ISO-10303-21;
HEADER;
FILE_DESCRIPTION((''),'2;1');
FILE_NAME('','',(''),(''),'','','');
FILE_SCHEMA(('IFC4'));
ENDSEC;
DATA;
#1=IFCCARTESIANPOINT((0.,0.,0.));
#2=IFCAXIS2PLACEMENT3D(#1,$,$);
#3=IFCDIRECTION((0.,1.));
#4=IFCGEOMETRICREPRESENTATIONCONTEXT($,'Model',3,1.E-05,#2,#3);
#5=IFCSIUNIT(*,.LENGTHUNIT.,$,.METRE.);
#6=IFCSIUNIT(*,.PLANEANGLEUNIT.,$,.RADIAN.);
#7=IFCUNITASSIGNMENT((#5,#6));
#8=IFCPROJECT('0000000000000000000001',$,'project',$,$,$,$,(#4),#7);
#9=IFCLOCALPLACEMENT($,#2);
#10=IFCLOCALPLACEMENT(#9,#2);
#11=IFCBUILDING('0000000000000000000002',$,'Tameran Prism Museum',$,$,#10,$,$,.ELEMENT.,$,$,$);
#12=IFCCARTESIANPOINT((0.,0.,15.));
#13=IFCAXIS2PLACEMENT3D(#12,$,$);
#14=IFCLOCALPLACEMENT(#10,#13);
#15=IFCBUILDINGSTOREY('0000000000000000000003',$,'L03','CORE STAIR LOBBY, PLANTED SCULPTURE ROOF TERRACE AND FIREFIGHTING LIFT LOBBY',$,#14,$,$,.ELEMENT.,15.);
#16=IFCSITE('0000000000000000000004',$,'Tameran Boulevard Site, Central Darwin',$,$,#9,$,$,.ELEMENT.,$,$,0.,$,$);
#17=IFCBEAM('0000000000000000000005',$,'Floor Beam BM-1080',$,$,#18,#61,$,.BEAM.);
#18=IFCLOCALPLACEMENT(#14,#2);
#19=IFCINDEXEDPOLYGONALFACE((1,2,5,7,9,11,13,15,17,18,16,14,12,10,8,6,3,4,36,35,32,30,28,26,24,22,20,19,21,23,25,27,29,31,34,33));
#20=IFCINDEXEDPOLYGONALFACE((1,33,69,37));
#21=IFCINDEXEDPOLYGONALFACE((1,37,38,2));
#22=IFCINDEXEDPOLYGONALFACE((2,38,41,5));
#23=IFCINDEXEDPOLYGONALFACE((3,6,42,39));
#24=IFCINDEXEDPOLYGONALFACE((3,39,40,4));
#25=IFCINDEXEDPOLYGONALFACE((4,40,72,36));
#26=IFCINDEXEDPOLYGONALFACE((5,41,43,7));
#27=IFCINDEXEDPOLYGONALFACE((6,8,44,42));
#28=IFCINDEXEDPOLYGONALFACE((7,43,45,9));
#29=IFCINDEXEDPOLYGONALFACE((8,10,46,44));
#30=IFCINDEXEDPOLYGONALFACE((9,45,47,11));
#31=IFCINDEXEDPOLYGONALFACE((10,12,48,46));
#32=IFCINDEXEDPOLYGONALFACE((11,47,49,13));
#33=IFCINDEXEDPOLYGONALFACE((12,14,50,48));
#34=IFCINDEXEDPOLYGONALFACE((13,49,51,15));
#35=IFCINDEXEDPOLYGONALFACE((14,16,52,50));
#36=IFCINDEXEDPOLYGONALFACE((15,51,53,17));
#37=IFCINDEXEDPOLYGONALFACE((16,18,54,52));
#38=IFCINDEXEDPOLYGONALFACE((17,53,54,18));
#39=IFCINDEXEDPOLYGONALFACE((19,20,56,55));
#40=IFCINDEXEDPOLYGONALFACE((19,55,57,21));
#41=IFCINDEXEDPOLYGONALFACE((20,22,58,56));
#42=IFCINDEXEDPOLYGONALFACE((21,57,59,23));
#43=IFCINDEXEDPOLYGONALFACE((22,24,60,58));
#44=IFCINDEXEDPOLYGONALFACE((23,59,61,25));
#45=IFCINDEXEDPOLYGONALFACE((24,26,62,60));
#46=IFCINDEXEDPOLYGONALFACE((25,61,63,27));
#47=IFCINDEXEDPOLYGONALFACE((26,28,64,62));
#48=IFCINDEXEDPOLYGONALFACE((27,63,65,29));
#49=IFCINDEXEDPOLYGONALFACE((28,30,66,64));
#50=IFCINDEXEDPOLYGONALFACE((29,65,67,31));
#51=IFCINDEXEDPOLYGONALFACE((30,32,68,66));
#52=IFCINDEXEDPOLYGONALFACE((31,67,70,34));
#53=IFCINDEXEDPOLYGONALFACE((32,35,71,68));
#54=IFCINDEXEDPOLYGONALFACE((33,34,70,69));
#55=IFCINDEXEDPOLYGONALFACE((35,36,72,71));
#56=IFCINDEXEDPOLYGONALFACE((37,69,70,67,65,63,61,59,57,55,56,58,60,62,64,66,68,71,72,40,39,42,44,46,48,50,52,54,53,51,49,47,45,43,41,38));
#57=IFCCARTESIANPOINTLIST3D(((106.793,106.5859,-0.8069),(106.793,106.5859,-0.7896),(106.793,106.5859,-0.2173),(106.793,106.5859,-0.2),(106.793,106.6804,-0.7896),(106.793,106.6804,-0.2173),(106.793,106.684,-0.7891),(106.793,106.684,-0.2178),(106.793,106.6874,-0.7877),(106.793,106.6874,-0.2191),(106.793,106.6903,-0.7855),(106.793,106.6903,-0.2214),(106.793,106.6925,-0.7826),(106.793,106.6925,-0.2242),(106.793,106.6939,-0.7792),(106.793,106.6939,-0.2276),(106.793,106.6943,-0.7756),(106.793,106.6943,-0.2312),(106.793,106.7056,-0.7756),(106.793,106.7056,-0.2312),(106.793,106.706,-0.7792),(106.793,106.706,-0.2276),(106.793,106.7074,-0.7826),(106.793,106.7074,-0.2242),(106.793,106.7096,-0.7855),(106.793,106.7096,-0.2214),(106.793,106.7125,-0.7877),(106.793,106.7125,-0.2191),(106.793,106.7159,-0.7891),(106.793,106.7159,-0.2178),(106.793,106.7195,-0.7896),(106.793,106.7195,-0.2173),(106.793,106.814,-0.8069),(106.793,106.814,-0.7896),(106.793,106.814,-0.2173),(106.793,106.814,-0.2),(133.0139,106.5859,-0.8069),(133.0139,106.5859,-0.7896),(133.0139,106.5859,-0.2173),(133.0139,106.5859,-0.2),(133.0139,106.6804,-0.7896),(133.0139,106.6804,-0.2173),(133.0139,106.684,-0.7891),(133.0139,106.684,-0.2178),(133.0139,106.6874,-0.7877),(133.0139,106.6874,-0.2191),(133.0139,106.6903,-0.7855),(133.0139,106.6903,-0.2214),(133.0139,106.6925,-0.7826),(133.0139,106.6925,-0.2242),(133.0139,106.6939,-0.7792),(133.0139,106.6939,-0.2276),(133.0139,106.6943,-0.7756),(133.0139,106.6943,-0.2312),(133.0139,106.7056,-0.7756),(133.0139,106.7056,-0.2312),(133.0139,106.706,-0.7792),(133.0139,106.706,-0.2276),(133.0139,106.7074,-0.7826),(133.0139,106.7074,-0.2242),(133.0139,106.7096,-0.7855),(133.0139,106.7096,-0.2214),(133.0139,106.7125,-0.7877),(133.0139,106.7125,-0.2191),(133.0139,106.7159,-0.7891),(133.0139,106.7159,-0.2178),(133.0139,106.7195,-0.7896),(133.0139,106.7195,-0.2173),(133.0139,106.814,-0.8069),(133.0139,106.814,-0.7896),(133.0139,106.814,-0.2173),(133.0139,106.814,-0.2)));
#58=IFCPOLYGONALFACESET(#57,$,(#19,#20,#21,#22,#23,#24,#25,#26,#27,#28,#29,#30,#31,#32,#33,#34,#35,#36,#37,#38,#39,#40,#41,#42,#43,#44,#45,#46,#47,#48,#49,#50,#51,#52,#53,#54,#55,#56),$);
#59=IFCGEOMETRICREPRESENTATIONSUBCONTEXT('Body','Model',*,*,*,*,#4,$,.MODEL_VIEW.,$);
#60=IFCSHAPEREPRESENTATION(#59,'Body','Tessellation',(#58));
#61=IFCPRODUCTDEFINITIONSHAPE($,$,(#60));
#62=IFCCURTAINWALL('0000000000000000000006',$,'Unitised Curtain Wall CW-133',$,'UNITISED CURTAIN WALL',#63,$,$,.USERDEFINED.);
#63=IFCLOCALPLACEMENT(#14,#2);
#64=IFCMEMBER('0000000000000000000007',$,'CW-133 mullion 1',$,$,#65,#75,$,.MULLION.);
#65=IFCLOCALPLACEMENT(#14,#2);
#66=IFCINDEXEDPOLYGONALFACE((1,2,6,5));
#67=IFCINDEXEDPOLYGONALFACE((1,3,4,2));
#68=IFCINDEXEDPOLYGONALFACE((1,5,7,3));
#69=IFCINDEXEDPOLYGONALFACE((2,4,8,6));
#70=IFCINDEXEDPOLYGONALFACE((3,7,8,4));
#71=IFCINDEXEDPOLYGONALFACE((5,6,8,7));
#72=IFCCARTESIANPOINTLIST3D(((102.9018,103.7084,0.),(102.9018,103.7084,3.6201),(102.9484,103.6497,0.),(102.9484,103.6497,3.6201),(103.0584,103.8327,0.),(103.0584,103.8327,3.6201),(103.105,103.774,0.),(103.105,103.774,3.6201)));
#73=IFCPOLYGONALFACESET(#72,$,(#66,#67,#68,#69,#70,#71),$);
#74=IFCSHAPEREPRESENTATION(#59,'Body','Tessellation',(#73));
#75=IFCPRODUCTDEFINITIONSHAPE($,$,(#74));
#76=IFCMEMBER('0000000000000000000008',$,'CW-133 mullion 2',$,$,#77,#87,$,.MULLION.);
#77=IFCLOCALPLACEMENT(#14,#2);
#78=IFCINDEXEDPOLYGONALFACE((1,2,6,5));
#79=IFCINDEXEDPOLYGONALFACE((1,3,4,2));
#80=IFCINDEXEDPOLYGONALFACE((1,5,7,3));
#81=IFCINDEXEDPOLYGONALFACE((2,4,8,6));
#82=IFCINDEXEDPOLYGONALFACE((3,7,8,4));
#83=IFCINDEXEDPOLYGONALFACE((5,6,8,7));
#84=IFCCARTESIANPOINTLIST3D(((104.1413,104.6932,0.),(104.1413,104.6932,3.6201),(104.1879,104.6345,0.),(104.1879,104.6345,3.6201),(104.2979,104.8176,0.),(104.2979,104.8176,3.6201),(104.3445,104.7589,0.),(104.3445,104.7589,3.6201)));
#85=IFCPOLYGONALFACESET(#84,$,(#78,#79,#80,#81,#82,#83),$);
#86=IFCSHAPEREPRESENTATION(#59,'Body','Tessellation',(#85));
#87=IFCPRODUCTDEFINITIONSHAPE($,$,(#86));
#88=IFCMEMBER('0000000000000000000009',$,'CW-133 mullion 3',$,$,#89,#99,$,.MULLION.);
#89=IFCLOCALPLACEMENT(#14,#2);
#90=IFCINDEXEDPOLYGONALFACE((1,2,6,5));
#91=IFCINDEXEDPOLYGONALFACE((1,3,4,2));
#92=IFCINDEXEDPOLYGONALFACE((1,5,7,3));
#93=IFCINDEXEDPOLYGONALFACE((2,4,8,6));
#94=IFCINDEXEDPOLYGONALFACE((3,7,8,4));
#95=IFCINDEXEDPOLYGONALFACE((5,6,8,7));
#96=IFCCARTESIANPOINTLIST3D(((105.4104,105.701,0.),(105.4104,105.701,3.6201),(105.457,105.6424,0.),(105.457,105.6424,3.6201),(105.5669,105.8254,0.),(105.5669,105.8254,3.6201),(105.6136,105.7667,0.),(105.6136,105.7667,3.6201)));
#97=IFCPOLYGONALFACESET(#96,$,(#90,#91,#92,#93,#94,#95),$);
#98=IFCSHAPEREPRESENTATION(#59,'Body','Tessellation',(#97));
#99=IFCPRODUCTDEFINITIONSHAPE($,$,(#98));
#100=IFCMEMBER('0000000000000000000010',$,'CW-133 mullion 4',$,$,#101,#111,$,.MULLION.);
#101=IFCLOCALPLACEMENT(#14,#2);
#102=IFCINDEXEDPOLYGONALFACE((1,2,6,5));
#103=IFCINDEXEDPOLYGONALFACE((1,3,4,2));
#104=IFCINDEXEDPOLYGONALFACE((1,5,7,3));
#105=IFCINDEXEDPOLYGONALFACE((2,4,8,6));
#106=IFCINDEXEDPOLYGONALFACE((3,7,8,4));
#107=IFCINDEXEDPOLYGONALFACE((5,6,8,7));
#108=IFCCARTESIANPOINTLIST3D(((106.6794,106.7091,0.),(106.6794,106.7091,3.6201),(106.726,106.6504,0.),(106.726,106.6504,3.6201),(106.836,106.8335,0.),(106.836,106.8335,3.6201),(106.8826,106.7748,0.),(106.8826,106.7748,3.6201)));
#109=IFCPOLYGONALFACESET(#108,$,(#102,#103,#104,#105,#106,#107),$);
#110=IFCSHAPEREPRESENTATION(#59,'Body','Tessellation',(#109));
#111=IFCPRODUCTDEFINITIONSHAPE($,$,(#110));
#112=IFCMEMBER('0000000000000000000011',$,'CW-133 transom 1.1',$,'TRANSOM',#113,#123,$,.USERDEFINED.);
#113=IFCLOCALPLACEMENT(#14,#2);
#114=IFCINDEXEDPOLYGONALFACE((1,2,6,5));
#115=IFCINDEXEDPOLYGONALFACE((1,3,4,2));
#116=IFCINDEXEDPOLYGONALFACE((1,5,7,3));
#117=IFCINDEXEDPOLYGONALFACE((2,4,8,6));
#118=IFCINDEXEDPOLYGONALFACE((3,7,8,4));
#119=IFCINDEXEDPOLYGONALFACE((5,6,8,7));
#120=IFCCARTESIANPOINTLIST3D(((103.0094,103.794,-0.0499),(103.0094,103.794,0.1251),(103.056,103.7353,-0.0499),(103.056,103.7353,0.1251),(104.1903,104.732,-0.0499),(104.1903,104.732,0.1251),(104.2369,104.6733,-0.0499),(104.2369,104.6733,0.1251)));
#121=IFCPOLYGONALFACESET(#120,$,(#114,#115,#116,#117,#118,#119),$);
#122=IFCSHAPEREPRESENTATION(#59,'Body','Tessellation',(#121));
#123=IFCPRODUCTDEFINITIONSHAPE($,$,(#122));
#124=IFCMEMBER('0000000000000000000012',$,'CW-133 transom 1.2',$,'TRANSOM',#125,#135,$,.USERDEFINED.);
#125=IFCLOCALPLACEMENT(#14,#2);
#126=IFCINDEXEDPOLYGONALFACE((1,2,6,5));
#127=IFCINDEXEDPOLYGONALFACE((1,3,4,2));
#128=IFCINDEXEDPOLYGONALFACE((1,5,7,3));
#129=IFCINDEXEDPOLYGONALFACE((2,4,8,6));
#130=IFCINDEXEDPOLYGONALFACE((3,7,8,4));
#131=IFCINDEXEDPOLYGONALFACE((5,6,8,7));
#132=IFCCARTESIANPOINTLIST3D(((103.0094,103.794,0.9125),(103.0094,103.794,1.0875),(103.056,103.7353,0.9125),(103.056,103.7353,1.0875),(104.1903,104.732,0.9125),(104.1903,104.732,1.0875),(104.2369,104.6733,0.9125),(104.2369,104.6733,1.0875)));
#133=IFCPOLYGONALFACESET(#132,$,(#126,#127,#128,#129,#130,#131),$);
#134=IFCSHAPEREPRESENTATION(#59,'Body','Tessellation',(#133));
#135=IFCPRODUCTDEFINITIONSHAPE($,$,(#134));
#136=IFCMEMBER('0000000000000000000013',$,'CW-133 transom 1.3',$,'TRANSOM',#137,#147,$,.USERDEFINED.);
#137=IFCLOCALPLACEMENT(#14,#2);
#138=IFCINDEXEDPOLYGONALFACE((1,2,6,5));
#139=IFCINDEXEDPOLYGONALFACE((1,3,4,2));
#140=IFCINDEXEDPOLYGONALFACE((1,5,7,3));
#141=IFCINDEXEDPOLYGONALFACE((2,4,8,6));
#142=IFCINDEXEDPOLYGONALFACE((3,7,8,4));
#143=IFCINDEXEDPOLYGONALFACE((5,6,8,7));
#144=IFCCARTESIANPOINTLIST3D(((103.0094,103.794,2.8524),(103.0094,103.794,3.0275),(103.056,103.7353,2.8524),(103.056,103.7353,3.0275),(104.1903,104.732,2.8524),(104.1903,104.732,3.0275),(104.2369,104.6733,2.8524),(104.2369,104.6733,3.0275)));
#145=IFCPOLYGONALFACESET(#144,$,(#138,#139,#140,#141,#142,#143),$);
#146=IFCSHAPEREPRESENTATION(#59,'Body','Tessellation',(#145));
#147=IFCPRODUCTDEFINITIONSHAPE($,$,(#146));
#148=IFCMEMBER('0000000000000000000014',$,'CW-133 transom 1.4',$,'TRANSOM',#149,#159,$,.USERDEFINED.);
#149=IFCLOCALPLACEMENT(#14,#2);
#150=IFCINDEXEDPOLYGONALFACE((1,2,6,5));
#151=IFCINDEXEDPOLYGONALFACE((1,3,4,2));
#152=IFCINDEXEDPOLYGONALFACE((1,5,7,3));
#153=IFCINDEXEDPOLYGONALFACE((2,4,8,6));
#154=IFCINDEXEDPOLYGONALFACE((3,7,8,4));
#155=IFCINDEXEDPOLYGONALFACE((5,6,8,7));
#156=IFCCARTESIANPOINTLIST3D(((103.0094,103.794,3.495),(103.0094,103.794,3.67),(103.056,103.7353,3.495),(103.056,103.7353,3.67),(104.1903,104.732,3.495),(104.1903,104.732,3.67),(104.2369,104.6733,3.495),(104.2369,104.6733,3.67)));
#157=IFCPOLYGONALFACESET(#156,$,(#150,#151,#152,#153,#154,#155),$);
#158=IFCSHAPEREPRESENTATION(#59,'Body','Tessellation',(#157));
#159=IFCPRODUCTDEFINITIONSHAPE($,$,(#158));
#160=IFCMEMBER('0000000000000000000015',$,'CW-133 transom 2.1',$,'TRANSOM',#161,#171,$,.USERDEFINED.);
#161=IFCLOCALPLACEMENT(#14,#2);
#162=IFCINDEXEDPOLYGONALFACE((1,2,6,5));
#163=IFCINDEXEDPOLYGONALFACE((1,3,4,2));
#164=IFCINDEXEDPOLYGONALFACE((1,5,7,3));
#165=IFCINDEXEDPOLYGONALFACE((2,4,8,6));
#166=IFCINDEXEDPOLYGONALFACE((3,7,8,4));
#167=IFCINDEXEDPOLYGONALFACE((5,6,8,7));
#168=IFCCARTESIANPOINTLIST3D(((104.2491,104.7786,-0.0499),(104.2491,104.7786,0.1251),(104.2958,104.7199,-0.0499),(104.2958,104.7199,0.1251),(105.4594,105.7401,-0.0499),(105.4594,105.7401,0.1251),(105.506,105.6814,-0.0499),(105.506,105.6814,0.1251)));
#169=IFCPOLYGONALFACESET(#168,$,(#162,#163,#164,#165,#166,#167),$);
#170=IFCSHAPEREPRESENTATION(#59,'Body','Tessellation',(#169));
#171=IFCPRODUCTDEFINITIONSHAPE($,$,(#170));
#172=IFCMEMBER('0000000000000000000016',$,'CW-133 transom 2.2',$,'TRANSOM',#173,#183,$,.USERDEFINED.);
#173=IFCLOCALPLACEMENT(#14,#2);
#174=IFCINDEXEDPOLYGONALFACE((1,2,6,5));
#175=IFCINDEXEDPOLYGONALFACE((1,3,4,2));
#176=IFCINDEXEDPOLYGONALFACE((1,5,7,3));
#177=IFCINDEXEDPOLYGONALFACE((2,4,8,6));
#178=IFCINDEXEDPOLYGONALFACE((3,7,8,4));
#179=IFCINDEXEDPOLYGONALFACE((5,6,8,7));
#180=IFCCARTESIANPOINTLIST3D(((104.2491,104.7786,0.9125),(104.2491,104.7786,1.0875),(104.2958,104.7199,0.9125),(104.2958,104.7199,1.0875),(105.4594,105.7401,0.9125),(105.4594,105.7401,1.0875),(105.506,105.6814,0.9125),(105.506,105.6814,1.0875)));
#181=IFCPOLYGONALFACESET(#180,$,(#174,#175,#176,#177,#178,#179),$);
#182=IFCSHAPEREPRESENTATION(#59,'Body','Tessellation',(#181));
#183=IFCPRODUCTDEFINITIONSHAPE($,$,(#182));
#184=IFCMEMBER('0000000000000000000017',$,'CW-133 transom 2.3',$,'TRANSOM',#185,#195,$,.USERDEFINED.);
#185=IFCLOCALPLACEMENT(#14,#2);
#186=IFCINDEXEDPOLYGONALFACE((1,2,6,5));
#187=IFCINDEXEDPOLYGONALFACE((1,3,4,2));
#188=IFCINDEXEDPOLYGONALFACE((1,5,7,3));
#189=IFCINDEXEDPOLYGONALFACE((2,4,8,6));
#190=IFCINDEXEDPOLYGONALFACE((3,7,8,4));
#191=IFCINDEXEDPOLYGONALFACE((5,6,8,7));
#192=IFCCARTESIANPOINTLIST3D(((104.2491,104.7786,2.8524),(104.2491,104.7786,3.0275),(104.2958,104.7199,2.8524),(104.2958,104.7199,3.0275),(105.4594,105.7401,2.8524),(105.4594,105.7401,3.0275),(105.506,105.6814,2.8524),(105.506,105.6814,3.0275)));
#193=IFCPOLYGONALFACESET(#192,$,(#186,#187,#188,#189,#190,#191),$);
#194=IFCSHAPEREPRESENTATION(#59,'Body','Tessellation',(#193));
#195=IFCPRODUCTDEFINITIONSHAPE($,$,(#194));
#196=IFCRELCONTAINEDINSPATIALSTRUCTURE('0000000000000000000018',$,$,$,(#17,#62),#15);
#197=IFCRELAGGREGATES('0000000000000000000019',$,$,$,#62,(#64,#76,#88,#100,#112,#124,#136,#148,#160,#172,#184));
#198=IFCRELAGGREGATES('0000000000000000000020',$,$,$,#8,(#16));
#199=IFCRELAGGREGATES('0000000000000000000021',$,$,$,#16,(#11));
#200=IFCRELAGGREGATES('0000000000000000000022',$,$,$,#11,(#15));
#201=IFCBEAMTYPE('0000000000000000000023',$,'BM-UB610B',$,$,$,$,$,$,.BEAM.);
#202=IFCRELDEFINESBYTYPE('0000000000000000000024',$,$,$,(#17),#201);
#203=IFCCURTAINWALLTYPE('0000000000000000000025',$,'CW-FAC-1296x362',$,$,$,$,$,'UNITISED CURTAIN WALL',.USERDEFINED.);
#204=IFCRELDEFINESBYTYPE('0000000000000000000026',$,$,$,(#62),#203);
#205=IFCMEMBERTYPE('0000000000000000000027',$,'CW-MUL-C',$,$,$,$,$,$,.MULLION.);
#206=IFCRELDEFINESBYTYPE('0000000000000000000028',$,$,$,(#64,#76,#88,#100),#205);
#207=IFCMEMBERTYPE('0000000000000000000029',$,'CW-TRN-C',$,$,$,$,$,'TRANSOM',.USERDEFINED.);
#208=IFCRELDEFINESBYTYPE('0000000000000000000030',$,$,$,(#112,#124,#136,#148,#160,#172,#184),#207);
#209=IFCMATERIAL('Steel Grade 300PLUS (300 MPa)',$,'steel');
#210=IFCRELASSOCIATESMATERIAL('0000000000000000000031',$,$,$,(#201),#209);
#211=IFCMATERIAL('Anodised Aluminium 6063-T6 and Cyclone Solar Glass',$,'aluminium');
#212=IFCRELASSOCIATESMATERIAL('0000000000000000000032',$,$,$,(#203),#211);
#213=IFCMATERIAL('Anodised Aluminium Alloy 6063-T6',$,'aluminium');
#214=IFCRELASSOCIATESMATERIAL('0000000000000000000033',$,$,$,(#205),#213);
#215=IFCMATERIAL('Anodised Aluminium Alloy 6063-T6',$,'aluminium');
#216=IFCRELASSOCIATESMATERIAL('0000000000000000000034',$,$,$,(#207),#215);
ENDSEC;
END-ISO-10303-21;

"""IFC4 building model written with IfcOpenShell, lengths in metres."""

from ifc_helpers import new_model, si_unit, direction, frame, origin, origin_2d, place, context, subcontext, project, spatial, rectangle, i_section, extrude, material, material_profile, profile_set, type_object, element, aggregate, save


model = new_model("IFC4")

# Units and contexts
model_context = context("Model", 3, precision=1e-05, world=origin(), true_north=direction((0.0, 1.0)))
body_context = subcontext(model_context, "Body", "Model", "MODEL_VIEW")
ifc_project = project(units=[si_unit("LENGTHUNIT", "METRE"), si_unit("PLANEANGLEUNIT", "RADIAN")], contexts=[model_context])

# Site, building, storey
site_placement = place(None, origin())
site = spatial("IfcSite", under=ifc_project, at=site_placement, Name="Tameran Boulevard Site, Central Darwin", CompositionType="ELEMENT", RefElevation=0.0)
building_placement = place(site_placement, origin())
building = spatial("IfcBuilding", under=site, at=building_placement, Name="Tameran Prism Museum", CompositionType="ELEMENT")
storey_placement = place(building_placement, frame((0.0, 0.0, 15.0)))
storey = spatial("IfcBuildingStorey", under=building, at=storey_placement, Name="L03", Description="CORE STAIR LOBBY, PLANTED SCULPTURE ROOF TERRACE AND FIREFIGHTING LIFT LOBBY", CompositionType="ELEMENT", Elevation=15.0)

# Beam
ifc_material_1 = material(Name="Steel Grade 300PLUS (300 MPa)", Category="steel")
ifc_material_profile_1 = material_profile(ifc_material_1, i_section(OverallWidth=0.228, OverallDepth=0.6069, WebThickness=0.0112, FlangeThickness=0.0173, FilletRadius=0.0139, at=origin_2d()))
ifc_profile_set_1 = profile_set([ifc_material_profile_1])
beam_type = type_object("IfcBeamType", Name="BM-UB610B", PredefinedType="BEAM", material=ifc_profile_set_1)
beam_placement = place(storey_placement, frame((106.793, 106.7, -0.5034), z_axis=(1.0, 0.0, 0.0), x_axis=(0.0, 1.0, 0.0)))
element("IfcBeam", 1, at=beam_placement, inside=storey, type_object=beam_type, Name="Floor Beam BM-1080", PredefinedType="BEAM", context=body_context, shape_type="SweptSolid", body=[
    extrude(i_section(OverallWidth=0.228, OverallDepth=0.6069, WebThickness=0.0112, FlangeThickness=0.0173, FilletRadius=0.0139, at=origin_2d()), origin(), (0.0, 0.0, 1.0), 26.2209),
])

# Curtain wall, members
ifc_material_2 = material(Name="Anodised Aluminium 6063-T6 and Cyclone Solar Glass", Category="aluminium")
curtain_wall_type = type_object("IfcCurtainWallType", Name="CW-FAC-1296x362", ElementType="UNITISED CURTAIN WALL", PredefinedType="USERDEFINED", material=ifc_material_2)
curtain_wall_placement = place(storey_placement, origin())
curtain_wall = element("IfcCurtainWall", 2, at=curtain_wall_placement, inside=storey, type_object=curtain_wall_type, Name="Unitised Curtain Wall CW-133", ObjectType="UNITISED CURTAIN WALL", PredefinedType="USERDEFINED")
ifc_material_3 = material(Name="Anodised Aluminium Alloy 6063-T6", Category="aluminium")
ifc_material_profile_2 = material_profile(ifc_material_3, rectangle(XDim=0.075, YDim=0.2, at=origin_2d()))
ifc_profile_set_2 = profile_set([ifc_material_profile_2])
member_type_1 = type_object("IfcMemberType", Name="CW-MUL-C", PredefinedType="MULLION", material=ifc_profile_set_2)
member_1_placement = place(storey_placement, frame((103.0034, 103.7412, 0.0), z_axis=(0.0, 0.0, 1.0), x_axis=(-0.621982, 0.783031, 0.0)))
member_1 = element("IfcMember", 3, at=member_1_placement, type_object=member_type_1, Name="CW-133 mullion 1", PredefinedType="MULLION", context=body_context, shape_type="SweptSolid", body=[
    extrude(rectangle(XDim=0.075, YDim=0.2, at=origin_2d()), origin(), (0.0, 0.0, 1.0), 3.6201),
])
member_2_placement = place(storey_placement, frame((104.2429, 104.7261, 0.0), z_axis=(0.0, 0.0, 1.0), x_axis=(-0.621982, 0.783031, 0.0)))
member_2 = element("IfcMember", 4, at=member_2_placement, type_object=member_type_1, Name="CW-133 mullion 2", PredefinedType="MULLION", context=body_context, shape_type="SweptSolid", body=[
    extrude(rectangle(XDim=0.075, YDim=0.2, at=origin_2d()), origin(), (0.0, 0.0, 1.0), 3.6201),
])
member_3_placement = place(storey_placement, frame((105.512, 105.7339, 0.0), z_axis=(0.0, 0.0, 1.0), x_axis=(-0.621982, 0.783031, 0.0)))
member_3 = element("IfcMember", 5, at=member_3_placement, type_object=member_type_1, Name="CW-133 mullion 3", PredefinedType="MULLION", context=body_context, shape_type="SweptSolid", body=[
    extrude(rectangle(XDim=0.075, YDim=0.2, at=origin_2d()), origin(), (0.0, 0.0, 1.0), 3.6201),
])
member_4_placement = place(storey_placement, frame((106.781, 106.7419, 0.0), z_axis=(0.0, 0.0, 1.0), x_axis=(-0.621982, 0.783031, 0.0)))
member_4 = element("IfcMember", 6, at=member_4_placement, type_object=member_type_1, Name="CW-133 mullion 4", PredefinedType="MULLION", context=body_context, shape_type="SweptSolid", body=[
    extrude(rectangle(XDim=0.075, YDim=0.2, at=origin_2d()), origin(), (0.0, 0.0, 1.0), 3.6201),
])
ifc_material_4 = material(Name="Anodised Aluminium Alloy 6063-T6", Category="aluminium")
ifc_material_profile_3 = material_profile(ifc_material_4, rectangle(XDim=0.075, YDim=0.175, at=origin_2d()))
ifc_profile_set_3 = profile_set([ifc_material_profile_3])
member_type_2 = type_object("IfcMemberType", Name="CW-TRN-C", ElementType="TRANSOM", PredefinedType="USERDEFINED", material=ifc_profile_set_3)
member_5_placement = place(storey_placement, frame((103.0327, 103.7646, 0.0376), z_axis=(0.783044, 0.621967, 0.0), x_axis=(-0.621967, 0.783044, 0.0)))
member_5 = element("IfcMember", 7, at=member_5_placement, type_object=member_type_2, Name="CW-133 transom 1.1", ObjectType="TRANSOM", PredefinedType="USERDEFINED", context=body_context, shape_type="SweptSolid", body=[
    extrude(rectangle(XDim=0.075, YDim=0.175, at=origin_2d()), origin(), (0.0, 0.0, 1.0), 1.5081),
])
member_6_placement = place(storey_placement, frame((103.0327, 103.7646, 1.0), z_axis=(0.783044, 0.621967, 0.0), x_axis=(-0.621967, 0.783044, 0.0)))
member_6 = element("IfcMember", 8, at=member_6_placement, type_object=member_type_2, Name="CW-133 transom 1.2", ObjectType="TRANSOM", PredefinedType="USERDEFINED", context=body_context, shape_type="SweptSolid", body=[
    extrude(rectangle(XDim=0.075, YDim=0.175, at=origin_2d()), origin(), (0.0, 0.0, 1.0), 1.5081),
])
member_7_placement = place(storey_placement, frame((103.0327, 103.7646, 2.9399), z_axis=(0.783044, 0.621967, 0.0), x_axis=(-0.621967, 0.783044, 0.0)))
member_7 = element("IfcMember", 9, at=member_7_placement, type_object=member_type_2, Name="CW-133 transom 1.3", ObjectType="TRANSOM", PredefinedType="USERDEFINED", context=body_context, shape_type="SweptSolid", body=[
    extrude(rectangle(XDim=0.075, YDim=0.175, at=origin_2d()), origin(), (0.0, 0.0, 1.0), 1.5081),
])
member_8_placement = place(storey_placement, frame((103.0327, 103.7646, 3.5825), z_axis=(0.783044, 0.621967, 0.0), x_axis=(-0.621967, 0.783044, 0.0)))
member_8 = element("IfcMember", 10, at=member_8_placement, type_object=member_type_2, Name="CW-133 transom 1.4", ObjectType="TRANSOM", PredefinedType="USERDEFINED", context=body_context, shape_type="SweptSolid", body=[
    extrude(rectangle(XDim=0.075, YDim=0.175, at=origin_2d()), origin(), (0.0, 0.0, 1.0), 1.5081),
])
member_9_placement = place(storey_placement, frame((104.2725, 104.7493, 0.0376), z_axis=(0.782991, 0.622033, 0.0), x_axis=(-0.622033, 0.782991, 0.0)))
member_9 = element("IfcMember", 11, at=member_9_placement, type_object=member_type_2, Name="CW-133 transom 2.1", ObjectType="TRANSOM", PredefinedType="USERDEFINED", context=body_context, shape_type="SweptSolid", body=[
    extrude(rectangle(XDim=0.075, YDim=0.175, at=origin_2d()), origin(), (0.0, 0.0, 1.0), 1.5457),
])
member_10_placement = place(storey_placement, frame((104.2725, 104.7493, 1.0), z_axis=(0.782991, 0.622033, 0.0), x_axis=(-0.622033, 0.782991, 0.0)))
member_10 = element("IfcMember", 12, at=member_10_placement, type_object=member_type_2, Name="CW-133 transom 2.2", ObjectType="TRANSOM", PredefinedType="USERDEFINED", context=body_context, shape_type="SweptSolid", body=[
    extrude(rectangle(XDim=0.075, YDim=0.175, at=origin_2d()), origin(), (0.0, 0.0, 1.0), 1.5457),
])
member_11_placement = place(storey_placement, frame((104.2725, 104.7493, 2.9399), z_axis=(0.782991, 0.622033, 0.0), x_axis=(-0.622033, 0.782991, 0.0)))
member_11 = element("IfcMember", 13, at=member_11_placement, type_object=member_type_2, Name="CW-133 transom 2.3", ObjectType="TRANSOM", PredefinedType="USERDEFINED", context=body_context, shape_type="SweptSolid", body=[
    extrude(rectangle(XDim=0.075, YDim=0.175, at=origin_2d()), origin(), (0.0, 0.0, 1.0), 1.5457),
])
aggregate(curtain_wall, [member_1, member_2, member_3, member_4, member_5, member_6, member_7, member_8, member_9, member_10, member_11])

save(model, "model.ifc")
